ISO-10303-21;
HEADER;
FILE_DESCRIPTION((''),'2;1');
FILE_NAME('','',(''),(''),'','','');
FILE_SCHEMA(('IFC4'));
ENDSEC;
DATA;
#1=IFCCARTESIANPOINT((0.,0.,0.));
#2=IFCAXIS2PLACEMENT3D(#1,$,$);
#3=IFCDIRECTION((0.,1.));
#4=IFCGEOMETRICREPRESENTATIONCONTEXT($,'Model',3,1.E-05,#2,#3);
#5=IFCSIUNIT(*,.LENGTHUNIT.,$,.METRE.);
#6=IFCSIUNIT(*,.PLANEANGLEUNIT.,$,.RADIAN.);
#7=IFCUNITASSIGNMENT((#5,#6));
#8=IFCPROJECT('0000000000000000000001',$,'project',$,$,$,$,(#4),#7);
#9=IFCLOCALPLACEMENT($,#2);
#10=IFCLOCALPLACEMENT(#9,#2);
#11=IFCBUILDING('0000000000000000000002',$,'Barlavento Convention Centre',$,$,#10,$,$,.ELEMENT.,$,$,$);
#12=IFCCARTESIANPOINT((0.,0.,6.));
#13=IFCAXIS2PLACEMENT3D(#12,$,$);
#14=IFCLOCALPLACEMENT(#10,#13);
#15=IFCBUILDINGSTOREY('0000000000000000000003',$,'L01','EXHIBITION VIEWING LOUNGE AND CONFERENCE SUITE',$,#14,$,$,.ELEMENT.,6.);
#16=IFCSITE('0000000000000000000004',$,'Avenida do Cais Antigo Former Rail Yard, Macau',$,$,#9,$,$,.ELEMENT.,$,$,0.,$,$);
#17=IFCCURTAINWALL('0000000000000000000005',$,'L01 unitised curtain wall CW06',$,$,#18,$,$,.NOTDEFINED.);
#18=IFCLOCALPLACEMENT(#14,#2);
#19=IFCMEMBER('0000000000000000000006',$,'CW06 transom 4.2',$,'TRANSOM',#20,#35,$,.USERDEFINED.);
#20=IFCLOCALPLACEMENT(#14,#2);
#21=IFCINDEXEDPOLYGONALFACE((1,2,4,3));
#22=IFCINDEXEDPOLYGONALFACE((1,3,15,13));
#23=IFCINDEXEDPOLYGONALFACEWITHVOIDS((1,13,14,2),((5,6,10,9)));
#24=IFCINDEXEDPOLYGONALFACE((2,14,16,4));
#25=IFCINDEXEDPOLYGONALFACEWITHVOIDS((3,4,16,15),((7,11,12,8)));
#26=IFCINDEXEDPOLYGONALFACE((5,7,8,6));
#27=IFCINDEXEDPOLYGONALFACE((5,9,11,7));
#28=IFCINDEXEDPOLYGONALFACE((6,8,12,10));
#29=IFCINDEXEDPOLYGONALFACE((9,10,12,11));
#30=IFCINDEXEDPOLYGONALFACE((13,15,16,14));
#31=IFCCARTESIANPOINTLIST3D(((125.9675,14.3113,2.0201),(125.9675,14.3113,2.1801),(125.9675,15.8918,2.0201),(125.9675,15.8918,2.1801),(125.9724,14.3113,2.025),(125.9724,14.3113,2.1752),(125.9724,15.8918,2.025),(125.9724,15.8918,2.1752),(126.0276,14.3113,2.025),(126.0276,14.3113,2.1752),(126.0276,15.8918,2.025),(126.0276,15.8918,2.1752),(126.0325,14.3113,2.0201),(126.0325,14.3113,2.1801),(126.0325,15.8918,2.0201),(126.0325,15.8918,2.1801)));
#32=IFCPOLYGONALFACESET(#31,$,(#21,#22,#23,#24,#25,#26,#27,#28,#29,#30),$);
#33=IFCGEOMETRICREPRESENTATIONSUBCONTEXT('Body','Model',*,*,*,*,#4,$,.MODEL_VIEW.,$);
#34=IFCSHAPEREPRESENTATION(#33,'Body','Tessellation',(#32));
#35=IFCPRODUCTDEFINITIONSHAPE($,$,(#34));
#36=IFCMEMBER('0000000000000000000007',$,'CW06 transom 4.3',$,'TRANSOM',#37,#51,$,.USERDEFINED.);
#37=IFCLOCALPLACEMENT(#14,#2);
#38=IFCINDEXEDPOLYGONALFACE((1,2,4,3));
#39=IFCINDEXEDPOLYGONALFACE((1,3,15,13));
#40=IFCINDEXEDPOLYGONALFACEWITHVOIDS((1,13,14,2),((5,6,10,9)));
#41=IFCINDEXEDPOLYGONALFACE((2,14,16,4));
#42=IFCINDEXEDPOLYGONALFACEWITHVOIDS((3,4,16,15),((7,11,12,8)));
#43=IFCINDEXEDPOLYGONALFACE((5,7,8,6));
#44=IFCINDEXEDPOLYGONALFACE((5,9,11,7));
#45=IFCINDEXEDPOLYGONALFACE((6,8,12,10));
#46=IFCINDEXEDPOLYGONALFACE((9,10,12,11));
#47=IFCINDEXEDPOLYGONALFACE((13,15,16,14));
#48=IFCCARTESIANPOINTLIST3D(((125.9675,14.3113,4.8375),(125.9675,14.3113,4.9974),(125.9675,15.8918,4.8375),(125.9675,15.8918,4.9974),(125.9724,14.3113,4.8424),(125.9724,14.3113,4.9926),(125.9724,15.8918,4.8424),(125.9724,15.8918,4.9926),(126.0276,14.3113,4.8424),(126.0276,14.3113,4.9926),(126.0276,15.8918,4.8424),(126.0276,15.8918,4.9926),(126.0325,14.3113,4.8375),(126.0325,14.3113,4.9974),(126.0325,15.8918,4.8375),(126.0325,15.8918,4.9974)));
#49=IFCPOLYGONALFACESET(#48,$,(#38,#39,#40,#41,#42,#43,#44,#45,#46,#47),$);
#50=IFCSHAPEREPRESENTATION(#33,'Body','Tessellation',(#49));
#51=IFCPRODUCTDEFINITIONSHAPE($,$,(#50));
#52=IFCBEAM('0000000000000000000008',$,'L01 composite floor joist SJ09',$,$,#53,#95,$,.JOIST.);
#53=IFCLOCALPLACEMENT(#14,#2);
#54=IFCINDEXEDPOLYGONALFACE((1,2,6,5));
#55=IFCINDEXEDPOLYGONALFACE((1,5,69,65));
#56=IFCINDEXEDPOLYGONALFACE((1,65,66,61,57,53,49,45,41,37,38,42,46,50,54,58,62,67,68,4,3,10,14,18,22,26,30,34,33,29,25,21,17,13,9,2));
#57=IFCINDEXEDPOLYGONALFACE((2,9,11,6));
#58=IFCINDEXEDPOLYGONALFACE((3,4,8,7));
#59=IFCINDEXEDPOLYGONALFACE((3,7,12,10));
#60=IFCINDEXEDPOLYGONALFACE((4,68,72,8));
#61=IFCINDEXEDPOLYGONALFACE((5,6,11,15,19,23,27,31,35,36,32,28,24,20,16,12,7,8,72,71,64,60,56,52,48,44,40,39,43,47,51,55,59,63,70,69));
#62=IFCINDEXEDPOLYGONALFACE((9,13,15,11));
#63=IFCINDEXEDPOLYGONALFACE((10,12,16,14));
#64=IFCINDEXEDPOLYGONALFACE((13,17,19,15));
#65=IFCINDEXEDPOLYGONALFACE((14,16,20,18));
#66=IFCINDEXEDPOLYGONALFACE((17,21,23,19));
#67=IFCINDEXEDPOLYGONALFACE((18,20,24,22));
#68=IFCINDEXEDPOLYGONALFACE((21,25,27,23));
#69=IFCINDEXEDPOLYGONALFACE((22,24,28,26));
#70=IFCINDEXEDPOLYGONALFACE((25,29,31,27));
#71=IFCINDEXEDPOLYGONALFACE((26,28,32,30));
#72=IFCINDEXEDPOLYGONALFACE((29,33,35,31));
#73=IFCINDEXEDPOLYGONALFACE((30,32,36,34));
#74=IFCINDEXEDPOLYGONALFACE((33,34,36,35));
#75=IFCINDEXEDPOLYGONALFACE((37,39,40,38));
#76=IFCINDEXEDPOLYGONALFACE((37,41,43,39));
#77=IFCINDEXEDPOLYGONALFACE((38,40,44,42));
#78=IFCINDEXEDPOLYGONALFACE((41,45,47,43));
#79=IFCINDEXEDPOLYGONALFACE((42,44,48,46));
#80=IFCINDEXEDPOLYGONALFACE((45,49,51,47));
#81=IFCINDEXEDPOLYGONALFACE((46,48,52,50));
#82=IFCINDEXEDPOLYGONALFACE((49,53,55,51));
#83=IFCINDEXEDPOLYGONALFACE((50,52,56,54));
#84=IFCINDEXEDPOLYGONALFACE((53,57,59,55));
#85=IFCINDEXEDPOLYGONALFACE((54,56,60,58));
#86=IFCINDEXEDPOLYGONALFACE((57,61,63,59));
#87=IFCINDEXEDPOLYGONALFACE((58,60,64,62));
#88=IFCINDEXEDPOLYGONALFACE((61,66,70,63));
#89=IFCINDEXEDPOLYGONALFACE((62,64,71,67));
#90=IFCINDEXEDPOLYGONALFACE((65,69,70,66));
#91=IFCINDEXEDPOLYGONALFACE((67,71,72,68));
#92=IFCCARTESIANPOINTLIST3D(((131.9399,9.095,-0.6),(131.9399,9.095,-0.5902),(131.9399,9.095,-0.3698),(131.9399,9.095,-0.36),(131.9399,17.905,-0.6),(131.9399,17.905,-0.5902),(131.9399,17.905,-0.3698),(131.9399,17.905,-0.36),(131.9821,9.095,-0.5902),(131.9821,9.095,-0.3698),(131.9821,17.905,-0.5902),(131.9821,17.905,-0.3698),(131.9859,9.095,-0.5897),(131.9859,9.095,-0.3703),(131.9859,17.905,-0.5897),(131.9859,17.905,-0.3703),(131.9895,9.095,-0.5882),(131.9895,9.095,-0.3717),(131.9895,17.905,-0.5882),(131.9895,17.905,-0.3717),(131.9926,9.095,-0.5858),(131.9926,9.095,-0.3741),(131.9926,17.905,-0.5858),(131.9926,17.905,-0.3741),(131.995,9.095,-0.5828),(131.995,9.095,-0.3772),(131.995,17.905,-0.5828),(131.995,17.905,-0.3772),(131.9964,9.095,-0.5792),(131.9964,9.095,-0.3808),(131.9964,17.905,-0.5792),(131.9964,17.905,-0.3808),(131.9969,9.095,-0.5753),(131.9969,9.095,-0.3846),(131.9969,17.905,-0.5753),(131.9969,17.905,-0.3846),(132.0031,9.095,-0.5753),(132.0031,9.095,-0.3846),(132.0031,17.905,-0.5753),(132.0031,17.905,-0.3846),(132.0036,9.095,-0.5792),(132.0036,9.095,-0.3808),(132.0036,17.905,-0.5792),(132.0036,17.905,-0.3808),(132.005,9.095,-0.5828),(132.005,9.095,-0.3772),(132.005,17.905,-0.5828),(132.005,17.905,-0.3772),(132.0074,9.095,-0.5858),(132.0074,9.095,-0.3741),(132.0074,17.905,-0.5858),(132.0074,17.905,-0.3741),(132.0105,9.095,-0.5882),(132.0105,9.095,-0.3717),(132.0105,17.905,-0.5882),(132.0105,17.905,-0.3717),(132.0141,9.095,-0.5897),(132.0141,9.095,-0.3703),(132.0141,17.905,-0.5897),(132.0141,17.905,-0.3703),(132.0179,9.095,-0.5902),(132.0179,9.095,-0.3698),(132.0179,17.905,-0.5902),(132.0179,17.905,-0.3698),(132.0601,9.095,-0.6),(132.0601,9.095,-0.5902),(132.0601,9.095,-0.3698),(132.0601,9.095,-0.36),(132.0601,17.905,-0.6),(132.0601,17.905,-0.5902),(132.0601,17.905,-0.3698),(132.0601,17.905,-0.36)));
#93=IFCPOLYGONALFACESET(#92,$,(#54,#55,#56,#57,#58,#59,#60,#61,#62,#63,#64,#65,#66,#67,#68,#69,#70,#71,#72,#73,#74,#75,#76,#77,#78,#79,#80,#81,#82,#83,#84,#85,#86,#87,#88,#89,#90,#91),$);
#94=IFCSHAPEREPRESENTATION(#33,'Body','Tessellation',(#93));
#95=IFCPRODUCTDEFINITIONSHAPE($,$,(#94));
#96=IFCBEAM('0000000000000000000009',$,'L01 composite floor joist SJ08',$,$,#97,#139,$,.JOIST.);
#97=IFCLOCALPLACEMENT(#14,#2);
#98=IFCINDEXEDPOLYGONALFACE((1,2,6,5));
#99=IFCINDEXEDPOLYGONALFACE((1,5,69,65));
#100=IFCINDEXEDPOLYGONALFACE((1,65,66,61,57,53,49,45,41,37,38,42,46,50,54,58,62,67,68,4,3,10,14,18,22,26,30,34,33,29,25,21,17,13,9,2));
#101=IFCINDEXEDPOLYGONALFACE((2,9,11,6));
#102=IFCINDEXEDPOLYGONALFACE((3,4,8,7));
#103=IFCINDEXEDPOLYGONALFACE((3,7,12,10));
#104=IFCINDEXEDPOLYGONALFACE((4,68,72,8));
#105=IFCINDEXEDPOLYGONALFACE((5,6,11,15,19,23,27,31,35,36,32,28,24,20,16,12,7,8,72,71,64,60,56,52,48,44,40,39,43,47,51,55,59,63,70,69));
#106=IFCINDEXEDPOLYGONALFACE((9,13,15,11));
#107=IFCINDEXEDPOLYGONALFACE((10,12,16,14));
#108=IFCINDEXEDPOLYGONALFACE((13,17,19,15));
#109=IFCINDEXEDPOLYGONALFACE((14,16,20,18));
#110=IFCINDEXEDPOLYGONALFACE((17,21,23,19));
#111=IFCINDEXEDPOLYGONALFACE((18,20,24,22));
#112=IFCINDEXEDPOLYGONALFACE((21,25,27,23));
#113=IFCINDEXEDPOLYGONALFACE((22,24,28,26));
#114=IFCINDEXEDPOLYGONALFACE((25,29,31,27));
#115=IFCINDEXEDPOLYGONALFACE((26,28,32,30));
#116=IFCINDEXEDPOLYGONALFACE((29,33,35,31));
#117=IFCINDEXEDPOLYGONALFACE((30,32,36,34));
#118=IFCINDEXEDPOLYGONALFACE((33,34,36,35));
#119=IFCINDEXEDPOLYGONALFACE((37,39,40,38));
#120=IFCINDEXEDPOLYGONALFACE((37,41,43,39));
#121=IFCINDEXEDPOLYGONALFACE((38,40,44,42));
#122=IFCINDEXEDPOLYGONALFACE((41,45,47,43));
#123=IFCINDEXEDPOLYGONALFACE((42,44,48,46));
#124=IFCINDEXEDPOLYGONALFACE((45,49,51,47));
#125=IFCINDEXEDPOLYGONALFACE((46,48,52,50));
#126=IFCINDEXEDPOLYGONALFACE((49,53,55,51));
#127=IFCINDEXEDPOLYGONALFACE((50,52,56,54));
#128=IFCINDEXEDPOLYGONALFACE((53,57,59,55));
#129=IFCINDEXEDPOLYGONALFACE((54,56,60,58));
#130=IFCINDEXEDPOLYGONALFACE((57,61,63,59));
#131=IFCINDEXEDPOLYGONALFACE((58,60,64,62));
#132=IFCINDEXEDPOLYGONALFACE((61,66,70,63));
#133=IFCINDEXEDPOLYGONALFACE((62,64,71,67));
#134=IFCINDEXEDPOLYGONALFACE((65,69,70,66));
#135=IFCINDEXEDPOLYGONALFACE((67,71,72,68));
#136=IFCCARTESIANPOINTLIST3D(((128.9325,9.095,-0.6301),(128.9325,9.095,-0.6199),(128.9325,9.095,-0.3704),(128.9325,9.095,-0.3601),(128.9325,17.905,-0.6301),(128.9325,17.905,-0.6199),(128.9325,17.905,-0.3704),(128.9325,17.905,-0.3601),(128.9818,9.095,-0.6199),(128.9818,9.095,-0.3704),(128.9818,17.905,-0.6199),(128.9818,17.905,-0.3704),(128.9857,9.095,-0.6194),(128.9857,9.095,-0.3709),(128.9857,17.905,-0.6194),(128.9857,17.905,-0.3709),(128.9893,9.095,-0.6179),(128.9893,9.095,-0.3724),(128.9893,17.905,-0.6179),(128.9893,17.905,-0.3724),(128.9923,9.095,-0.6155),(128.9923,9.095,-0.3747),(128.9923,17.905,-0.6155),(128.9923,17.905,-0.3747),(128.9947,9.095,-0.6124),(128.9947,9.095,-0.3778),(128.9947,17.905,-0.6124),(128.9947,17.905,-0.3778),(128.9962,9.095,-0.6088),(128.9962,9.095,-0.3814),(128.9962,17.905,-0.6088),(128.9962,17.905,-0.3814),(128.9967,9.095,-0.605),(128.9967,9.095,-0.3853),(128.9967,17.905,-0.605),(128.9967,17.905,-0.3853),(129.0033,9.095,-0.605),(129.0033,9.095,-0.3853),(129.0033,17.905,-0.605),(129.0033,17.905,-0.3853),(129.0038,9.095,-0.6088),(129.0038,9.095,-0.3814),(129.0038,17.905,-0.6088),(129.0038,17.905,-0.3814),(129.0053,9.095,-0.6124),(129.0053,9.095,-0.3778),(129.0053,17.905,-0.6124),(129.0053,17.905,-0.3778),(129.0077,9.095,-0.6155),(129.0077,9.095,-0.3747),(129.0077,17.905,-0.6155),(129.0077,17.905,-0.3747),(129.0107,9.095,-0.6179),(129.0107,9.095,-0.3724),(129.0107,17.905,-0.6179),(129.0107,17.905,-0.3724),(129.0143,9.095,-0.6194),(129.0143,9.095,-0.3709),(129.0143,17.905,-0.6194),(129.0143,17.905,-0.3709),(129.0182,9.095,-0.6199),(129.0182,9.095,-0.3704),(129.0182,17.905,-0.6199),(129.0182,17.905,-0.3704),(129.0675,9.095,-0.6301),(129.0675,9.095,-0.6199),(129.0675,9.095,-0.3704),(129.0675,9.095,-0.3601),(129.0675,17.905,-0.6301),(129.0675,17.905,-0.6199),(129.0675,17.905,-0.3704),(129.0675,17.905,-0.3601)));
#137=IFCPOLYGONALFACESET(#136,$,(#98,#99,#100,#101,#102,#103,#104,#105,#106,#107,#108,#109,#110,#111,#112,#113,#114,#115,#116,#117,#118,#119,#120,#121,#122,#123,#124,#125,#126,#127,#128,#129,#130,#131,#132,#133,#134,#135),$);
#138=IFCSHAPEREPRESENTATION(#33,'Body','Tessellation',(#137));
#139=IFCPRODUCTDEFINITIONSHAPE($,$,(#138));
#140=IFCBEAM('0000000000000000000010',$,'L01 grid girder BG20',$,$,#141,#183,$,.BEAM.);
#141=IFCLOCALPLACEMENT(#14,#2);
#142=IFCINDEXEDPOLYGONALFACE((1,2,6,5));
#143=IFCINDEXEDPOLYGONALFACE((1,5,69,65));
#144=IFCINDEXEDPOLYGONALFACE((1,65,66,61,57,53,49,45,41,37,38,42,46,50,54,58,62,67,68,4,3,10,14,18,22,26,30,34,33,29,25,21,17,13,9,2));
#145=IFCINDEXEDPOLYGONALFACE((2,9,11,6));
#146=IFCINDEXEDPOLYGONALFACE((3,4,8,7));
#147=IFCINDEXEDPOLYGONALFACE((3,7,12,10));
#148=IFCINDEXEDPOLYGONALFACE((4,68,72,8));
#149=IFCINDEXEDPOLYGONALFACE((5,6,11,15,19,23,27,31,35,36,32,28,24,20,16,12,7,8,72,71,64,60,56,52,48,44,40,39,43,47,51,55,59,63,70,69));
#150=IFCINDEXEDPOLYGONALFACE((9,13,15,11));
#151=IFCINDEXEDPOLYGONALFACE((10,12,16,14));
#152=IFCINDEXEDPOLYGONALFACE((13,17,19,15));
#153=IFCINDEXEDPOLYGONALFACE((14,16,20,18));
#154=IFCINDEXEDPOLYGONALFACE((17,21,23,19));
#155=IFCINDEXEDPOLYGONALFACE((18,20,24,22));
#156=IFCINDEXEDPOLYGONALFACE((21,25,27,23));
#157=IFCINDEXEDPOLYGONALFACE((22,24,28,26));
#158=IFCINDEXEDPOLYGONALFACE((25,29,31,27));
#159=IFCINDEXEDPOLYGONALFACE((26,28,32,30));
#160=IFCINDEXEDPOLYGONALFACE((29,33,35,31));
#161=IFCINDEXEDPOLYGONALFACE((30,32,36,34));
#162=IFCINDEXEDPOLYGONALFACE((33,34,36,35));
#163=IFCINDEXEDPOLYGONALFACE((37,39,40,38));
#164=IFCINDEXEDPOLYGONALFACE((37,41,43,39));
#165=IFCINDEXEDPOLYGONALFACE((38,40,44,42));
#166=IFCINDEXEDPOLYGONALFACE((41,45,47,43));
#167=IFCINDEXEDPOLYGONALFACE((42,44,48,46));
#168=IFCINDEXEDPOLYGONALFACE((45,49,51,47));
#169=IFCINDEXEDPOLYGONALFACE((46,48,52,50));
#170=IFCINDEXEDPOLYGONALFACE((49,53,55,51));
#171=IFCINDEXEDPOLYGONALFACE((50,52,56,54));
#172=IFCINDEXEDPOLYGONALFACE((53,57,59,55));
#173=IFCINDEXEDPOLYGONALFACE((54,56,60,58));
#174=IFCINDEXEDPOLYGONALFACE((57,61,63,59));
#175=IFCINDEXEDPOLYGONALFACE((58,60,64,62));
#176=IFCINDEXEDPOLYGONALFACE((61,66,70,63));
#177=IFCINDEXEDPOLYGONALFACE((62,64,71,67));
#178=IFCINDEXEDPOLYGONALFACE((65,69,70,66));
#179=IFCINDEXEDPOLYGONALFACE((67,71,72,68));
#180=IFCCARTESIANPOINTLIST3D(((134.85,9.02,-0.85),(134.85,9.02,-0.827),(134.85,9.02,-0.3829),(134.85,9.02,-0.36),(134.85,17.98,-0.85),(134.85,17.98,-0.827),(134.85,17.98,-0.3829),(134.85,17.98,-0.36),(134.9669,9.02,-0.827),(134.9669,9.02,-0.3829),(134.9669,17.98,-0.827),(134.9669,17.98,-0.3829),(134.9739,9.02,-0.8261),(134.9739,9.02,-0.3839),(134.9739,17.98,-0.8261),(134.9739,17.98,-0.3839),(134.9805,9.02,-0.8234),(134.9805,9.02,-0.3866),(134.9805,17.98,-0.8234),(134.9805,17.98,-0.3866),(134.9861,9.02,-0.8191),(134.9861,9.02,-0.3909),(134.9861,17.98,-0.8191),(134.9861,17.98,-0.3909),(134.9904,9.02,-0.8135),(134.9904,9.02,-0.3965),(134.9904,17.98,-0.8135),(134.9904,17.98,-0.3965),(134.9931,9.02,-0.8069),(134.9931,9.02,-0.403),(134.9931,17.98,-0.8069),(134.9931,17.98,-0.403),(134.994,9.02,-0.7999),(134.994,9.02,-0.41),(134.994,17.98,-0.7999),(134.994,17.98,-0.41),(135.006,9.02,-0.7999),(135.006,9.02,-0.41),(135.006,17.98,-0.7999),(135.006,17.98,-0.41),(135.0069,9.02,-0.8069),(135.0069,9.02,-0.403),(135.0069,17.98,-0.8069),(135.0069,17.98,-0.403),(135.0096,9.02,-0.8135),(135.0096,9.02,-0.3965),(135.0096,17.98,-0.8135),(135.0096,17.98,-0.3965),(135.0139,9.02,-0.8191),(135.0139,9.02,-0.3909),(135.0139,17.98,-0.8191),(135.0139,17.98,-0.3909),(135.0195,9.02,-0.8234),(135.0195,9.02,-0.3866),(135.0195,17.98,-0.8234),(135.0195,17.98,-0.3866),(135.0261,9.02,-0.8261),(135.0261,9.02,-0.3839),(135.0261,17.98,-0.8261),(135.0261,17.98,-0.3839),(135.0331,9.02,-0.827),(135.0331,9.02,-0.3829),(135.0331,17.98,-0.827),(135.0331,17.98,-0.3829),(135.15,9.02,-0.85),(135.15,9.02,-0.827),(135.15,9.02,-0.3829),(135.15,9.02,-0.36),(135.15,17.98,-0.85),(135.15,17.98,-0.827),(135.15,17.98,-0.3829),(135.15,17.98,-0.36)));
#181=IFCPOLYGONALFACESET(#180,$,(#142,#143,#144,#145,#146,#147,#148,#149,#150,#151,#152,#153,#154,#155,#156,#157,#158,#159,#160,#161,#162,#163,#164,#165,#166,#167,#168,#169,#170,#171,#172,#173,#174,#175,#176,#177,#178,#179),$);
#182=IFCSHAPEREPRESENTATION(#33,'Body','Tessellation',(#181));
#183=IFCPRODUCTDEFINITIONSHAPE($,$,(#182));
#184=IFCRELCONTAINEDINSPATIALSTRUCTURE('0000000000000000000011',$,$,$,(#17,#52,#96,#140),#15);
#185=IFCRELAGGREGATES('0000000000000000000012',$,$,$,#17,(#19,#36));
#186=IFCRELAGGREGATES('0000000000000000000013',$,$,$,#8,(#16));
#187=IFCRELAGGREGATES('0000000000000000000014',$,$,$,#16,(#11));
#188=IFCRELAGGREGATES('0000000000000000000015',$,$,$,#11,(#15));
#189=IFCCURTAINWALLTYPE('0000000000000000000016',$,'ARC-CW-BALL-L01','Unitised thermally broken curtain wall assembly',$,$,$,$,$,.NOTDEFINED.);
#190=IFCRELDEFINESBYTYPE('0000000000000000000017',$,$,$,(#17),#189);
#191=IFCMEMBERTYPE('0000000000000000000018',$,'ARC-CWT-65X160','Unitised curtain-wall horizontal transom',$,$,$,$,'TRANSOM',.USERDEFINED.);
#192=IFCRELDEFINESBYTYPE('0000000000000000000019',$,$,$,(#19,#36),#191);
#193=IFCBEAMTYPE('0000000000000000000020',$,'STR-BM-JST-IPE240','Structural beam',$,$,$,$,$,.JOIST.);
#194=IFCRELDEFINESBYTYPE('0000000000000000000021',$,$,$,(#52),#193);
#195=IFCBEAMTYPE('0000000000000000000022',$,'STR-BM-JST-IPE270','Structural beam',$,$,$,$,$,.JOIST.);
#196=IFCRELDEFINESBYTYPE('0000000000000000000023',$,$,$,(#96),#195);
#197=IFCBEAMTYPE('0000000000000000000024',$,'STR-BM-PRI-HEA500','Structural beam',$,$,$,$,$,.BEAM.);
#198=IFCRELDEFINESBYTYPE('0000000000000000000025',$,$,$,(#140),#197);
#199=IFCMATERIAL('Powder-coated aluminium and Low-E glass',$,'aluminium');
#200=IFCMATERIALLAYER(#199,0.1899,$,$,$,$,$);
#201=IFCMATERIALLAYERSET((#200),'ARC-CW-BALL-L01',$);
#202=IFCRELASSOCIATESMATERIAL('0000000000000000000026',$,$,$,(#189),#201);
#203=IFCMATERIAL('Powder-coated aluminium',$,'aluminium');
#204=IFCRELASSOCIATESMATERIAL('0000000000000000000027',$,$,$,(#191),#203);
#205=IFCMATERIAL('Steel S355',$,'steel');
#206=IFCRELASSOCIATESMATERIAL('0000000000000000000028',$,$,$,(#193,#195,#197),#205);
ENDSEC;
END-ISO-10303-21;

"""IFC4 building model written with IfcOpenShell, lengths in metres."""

from ifc_helpers import new_model, si_unit, direction, frame, origin, origin_2d, place, context, subcontext, project, spatial, hollow_rectangle, i_section, extrude, material, layer, layer_set, material_profile, profile_set, type_object, element, aggregate, save


model = new_model("IFC4")

# Units and contexts
model_context = context("Model", 3, precision=1e-05, world=origin(), true_north=direction((0.0, 1.0)))
body_context = subcontext(model_context, "Body", "Model", "MODEL_VIEW")
ifc_project = project(units=[si_unit("LENGTHUNIT", "METRE"), si_unit("PLANEANGLEUNIT", "RADIAN")], contexts=[model_context])

# Site, building, storey
site_placement = place(None, origin())
site = spatial("IfcSite", under=ifc_project, at=site_placement, Name="Avenida do Cais Antigo Former Rail Yard, Macau", CompositionType="ELEMENT", RefElevation=0.0)
building_placement = place(site_placement, origin())
building = spatial("IfcBuilding", under=site, at=building_placement, Name="Barlavento Convention Centre", CompositionType="ELEMENT")
storey_placement = place(building_placement, frame((0.0, 0.0, 6.0)))
storey = spatial("IfcBuildingStorey", under=building, at=storey_placement, Name="L01", Description="EXHIBITION VIEWING LOUNGE AND CONFERENCE SUITE", CompositionType="ELEMENT", Elevation=6.0)

# Curtain wall, members
ifc_material_1 = material(Name="Powder-coated aluminium and Low-E glass", Category="aluminium")
ifc_layer_1 = layer(ifc_material_1, 0.1899)
ifc_layer_set_1 = layer_set([ifc_layer_1], Name="ARC-CW-BALL-L01")
curtain_wall_type = type_object("IfcCurtainWallType", Name="ARC-CW-BALL-L01", Description="Unitised thermally broken curtain wall assembly", PredefinedType="NOTDEFINED", material=ifc_layer_set_1)
curtain_wall_placement = place(storey_placement, origin())
curtain_wall = element("IfcCurtainWall", 1, at=curtain_wall_placement, inside=storey, type_object=curtain_wall_type, Name="L01 unitised curtain wall CW06", PredefinedType="NOTDEFINED")
ifc_material_2 = material(Name="Powder-coated aluminium", Category="aluminium")
ifc_material_profile_1 = material_profile(ifc_material_2, hollow_rectangle(XDim=0.0649, YDim=0.1599, WallThickness=0.0049, at=origin_2d()), Name="AL-TRAN 65x160x5")
ifc_profile_set_1 = profile_set([ifc_material_profile_1], Name="Powder-coated aluminium")
member_type_1 = type_object("IfcMemberType", Name="ARC-CWT-65X160", Description="Unitised curtain-wall horizontal transom", ElementType="TRANSOM", PredefinedType="USERDEFINED", material=ifc_profile_set_1)
member_1_placement = place(storey_placement, frame((126.0, 14.3113, 2.1001), z_axis=(0.0, 1.0, 0.0), x_axis=(-1.0, 0.0, 0.0)))
member_1 = element("IfcMember", 2, at=member_1_placement, type_object=member_type_1, Name="CW06 transom 4.2", ObjectType="TRANSOM", PredefinedType="USERDEFINED", context=body_context, shape_type="SweptSolid", body=[
    extrude(hollow_rectangle(XDim=0.0649, YDim=0.1599, WallThickness=0.0049, at=origin_2d()), origin(), (0.0, 0.0, 1.0), 1.5806),
])
member_2_placement = place(storey_placement, frame((126.0, 14.3113, 4.9175), z_axis=(0.0, 1.0, 0.0), x_axis=(-1.0, 0.0, 0.0)))
member_2 = element("IfcMember", 3, at=member_2_placement, type_object=member_type_1, Name="CW06 transom 4.3", ObjectType="TRANSOM", PredefinedType="USERDEFINED", context=body_context, shape_type="SweptSolid", body=[
    extrude(hollow_rectangle(XDim=0.0649, YDim=0.1599, WallThickness=0.0049, at=origin_2d()), origin(), (0.0, 0.0, 1.0), 1.5806),
])

# Beams
ifc_material_3 = material(Name="Steel S355", Category="steel")
ifc_material_profile_2 = material_profile(ifc_material_3, i_section(OverallWidth=0.1201, OverallDepth=0.24, WebThickness=0.0061, FlangeThickness=0.0098, FilletRadius=0.0149, at=origin_2d()), Name="IPE 240")
ifc_profile_set_2 = profile_set([ifc_material_profile_2], Name="Steel S355")
beam_type_1 = type_object("IfcBeamType", Name="STR-BM-JST-IPE240", Description="Structural beam", PredefinedType="JOIST", material=ifc_profile_set_2)
beam_1_placement = place(storey_placement, frame((132.0, 9.095, -0.48), z_axis=(0.0, 1.0, 0.0), x_axis=(-1.0, 0.0, 0.0)))
element("IfcBeam", 4, at=beam_1_placement, inside=storey, type_object=beam_type_1, Name="L01 composite floor joist SJ09", PredefinedType="JOIST", context=body_context, shape_type="SweptSolid", body=[
    extrude(i_section(OverallWidth=0.1201, OverallDepth=0.24, WebThickness=0.0061, FlangeThickness=0.0098, FilletRadius=0.0149, at=origin_2d()), origin(), (0.0, 0.0, 1.0), 8.8101),
])
ifc_material_profile_3 = material_profile(ifc_material_3, i_section(OverallWidth=0.135, OverallDepth=0.27, WebThickness=0.0066, FlangeThickness=0.0103, FilletRadius=0.0149, at=origin_2d()), Name="IPE 270")
ifc_profile_set_3 = profile_set([ifc_material_profile_3], Name="Steel S355")
beam_type_2 = type_object("IfcBeamType", Name="STR-BM-JST-IPE270", Description="Structural beam", PredefinedType="JOIST", material=ifc_profile_set_3)
beam_2_placement = place(storey_placement, frame((129.0, 9.095, -0.4951), z_axis=(0.0, 1.0, 0.0), x_axis=(-1.0, 0.0, 0.0)))
element("IfcBeam", 5, at=beam_2_placement, inside=storey, type_object=beam_type_2, Name="L01 composite floor joist SJ08", PredefinedType="JOIST", context=body_context, shape_type="SweptSolid", body=[
    extrude(i_section(OverallWidth=0.135, OverallDepth=0.27, WebThickness=0.0066, FlangeThickness=0.0103, FilletRadius=0.0149, at=origin_2d()), origin(), (0.0, 0.0, 1.0), 8.8101),
])
ifc_material_profile_4 = material_profile(ifc_material_3, i_section(OverallWidth=0.3, OverallDepth=0.49, WebThickness=0.012, FlangeThickness=0.0229, FilletRadius=0.0271, at=origin_2d()), Name="HEA 500")
ifc_profile_set_4 = profile_set([ifc_material_profile_4], Name="Steel S355")
beam_type_3 = type_object("IfcBeamType", Name="STR-BM-PRI-HEA500", Description="Structural beam", PredefinedType="BEAM", material=ifc_profile_set_4)
beam_3_placement = place(storey_placement, frame((135.0, 9.02, -0.605), z_axis=(0.0, 1.0, 0.0), x_axis=(-1.0, 0.0, 0.0)))
element("IfcBeam", 6, at=beam_3_placement, inside=storey, type_object=beam_type_3, Name="L01 grid girder BG20", PredefinedType="BEAM", context=body_context, shape_type="SweptSolid", body=[
    extrude(i_section(OverallWidth=0.3, OverallDepth=0.49, WebThickness=0.012, FlangeThickness=0.0229, FilletRadius=0.0271, at=origin_2d()), origin(), (0.0, 0.0, 1.0), 8.96),
])

aggregate(curtain_wall, [member_1, member_2])

save(model, "model.ifc")
